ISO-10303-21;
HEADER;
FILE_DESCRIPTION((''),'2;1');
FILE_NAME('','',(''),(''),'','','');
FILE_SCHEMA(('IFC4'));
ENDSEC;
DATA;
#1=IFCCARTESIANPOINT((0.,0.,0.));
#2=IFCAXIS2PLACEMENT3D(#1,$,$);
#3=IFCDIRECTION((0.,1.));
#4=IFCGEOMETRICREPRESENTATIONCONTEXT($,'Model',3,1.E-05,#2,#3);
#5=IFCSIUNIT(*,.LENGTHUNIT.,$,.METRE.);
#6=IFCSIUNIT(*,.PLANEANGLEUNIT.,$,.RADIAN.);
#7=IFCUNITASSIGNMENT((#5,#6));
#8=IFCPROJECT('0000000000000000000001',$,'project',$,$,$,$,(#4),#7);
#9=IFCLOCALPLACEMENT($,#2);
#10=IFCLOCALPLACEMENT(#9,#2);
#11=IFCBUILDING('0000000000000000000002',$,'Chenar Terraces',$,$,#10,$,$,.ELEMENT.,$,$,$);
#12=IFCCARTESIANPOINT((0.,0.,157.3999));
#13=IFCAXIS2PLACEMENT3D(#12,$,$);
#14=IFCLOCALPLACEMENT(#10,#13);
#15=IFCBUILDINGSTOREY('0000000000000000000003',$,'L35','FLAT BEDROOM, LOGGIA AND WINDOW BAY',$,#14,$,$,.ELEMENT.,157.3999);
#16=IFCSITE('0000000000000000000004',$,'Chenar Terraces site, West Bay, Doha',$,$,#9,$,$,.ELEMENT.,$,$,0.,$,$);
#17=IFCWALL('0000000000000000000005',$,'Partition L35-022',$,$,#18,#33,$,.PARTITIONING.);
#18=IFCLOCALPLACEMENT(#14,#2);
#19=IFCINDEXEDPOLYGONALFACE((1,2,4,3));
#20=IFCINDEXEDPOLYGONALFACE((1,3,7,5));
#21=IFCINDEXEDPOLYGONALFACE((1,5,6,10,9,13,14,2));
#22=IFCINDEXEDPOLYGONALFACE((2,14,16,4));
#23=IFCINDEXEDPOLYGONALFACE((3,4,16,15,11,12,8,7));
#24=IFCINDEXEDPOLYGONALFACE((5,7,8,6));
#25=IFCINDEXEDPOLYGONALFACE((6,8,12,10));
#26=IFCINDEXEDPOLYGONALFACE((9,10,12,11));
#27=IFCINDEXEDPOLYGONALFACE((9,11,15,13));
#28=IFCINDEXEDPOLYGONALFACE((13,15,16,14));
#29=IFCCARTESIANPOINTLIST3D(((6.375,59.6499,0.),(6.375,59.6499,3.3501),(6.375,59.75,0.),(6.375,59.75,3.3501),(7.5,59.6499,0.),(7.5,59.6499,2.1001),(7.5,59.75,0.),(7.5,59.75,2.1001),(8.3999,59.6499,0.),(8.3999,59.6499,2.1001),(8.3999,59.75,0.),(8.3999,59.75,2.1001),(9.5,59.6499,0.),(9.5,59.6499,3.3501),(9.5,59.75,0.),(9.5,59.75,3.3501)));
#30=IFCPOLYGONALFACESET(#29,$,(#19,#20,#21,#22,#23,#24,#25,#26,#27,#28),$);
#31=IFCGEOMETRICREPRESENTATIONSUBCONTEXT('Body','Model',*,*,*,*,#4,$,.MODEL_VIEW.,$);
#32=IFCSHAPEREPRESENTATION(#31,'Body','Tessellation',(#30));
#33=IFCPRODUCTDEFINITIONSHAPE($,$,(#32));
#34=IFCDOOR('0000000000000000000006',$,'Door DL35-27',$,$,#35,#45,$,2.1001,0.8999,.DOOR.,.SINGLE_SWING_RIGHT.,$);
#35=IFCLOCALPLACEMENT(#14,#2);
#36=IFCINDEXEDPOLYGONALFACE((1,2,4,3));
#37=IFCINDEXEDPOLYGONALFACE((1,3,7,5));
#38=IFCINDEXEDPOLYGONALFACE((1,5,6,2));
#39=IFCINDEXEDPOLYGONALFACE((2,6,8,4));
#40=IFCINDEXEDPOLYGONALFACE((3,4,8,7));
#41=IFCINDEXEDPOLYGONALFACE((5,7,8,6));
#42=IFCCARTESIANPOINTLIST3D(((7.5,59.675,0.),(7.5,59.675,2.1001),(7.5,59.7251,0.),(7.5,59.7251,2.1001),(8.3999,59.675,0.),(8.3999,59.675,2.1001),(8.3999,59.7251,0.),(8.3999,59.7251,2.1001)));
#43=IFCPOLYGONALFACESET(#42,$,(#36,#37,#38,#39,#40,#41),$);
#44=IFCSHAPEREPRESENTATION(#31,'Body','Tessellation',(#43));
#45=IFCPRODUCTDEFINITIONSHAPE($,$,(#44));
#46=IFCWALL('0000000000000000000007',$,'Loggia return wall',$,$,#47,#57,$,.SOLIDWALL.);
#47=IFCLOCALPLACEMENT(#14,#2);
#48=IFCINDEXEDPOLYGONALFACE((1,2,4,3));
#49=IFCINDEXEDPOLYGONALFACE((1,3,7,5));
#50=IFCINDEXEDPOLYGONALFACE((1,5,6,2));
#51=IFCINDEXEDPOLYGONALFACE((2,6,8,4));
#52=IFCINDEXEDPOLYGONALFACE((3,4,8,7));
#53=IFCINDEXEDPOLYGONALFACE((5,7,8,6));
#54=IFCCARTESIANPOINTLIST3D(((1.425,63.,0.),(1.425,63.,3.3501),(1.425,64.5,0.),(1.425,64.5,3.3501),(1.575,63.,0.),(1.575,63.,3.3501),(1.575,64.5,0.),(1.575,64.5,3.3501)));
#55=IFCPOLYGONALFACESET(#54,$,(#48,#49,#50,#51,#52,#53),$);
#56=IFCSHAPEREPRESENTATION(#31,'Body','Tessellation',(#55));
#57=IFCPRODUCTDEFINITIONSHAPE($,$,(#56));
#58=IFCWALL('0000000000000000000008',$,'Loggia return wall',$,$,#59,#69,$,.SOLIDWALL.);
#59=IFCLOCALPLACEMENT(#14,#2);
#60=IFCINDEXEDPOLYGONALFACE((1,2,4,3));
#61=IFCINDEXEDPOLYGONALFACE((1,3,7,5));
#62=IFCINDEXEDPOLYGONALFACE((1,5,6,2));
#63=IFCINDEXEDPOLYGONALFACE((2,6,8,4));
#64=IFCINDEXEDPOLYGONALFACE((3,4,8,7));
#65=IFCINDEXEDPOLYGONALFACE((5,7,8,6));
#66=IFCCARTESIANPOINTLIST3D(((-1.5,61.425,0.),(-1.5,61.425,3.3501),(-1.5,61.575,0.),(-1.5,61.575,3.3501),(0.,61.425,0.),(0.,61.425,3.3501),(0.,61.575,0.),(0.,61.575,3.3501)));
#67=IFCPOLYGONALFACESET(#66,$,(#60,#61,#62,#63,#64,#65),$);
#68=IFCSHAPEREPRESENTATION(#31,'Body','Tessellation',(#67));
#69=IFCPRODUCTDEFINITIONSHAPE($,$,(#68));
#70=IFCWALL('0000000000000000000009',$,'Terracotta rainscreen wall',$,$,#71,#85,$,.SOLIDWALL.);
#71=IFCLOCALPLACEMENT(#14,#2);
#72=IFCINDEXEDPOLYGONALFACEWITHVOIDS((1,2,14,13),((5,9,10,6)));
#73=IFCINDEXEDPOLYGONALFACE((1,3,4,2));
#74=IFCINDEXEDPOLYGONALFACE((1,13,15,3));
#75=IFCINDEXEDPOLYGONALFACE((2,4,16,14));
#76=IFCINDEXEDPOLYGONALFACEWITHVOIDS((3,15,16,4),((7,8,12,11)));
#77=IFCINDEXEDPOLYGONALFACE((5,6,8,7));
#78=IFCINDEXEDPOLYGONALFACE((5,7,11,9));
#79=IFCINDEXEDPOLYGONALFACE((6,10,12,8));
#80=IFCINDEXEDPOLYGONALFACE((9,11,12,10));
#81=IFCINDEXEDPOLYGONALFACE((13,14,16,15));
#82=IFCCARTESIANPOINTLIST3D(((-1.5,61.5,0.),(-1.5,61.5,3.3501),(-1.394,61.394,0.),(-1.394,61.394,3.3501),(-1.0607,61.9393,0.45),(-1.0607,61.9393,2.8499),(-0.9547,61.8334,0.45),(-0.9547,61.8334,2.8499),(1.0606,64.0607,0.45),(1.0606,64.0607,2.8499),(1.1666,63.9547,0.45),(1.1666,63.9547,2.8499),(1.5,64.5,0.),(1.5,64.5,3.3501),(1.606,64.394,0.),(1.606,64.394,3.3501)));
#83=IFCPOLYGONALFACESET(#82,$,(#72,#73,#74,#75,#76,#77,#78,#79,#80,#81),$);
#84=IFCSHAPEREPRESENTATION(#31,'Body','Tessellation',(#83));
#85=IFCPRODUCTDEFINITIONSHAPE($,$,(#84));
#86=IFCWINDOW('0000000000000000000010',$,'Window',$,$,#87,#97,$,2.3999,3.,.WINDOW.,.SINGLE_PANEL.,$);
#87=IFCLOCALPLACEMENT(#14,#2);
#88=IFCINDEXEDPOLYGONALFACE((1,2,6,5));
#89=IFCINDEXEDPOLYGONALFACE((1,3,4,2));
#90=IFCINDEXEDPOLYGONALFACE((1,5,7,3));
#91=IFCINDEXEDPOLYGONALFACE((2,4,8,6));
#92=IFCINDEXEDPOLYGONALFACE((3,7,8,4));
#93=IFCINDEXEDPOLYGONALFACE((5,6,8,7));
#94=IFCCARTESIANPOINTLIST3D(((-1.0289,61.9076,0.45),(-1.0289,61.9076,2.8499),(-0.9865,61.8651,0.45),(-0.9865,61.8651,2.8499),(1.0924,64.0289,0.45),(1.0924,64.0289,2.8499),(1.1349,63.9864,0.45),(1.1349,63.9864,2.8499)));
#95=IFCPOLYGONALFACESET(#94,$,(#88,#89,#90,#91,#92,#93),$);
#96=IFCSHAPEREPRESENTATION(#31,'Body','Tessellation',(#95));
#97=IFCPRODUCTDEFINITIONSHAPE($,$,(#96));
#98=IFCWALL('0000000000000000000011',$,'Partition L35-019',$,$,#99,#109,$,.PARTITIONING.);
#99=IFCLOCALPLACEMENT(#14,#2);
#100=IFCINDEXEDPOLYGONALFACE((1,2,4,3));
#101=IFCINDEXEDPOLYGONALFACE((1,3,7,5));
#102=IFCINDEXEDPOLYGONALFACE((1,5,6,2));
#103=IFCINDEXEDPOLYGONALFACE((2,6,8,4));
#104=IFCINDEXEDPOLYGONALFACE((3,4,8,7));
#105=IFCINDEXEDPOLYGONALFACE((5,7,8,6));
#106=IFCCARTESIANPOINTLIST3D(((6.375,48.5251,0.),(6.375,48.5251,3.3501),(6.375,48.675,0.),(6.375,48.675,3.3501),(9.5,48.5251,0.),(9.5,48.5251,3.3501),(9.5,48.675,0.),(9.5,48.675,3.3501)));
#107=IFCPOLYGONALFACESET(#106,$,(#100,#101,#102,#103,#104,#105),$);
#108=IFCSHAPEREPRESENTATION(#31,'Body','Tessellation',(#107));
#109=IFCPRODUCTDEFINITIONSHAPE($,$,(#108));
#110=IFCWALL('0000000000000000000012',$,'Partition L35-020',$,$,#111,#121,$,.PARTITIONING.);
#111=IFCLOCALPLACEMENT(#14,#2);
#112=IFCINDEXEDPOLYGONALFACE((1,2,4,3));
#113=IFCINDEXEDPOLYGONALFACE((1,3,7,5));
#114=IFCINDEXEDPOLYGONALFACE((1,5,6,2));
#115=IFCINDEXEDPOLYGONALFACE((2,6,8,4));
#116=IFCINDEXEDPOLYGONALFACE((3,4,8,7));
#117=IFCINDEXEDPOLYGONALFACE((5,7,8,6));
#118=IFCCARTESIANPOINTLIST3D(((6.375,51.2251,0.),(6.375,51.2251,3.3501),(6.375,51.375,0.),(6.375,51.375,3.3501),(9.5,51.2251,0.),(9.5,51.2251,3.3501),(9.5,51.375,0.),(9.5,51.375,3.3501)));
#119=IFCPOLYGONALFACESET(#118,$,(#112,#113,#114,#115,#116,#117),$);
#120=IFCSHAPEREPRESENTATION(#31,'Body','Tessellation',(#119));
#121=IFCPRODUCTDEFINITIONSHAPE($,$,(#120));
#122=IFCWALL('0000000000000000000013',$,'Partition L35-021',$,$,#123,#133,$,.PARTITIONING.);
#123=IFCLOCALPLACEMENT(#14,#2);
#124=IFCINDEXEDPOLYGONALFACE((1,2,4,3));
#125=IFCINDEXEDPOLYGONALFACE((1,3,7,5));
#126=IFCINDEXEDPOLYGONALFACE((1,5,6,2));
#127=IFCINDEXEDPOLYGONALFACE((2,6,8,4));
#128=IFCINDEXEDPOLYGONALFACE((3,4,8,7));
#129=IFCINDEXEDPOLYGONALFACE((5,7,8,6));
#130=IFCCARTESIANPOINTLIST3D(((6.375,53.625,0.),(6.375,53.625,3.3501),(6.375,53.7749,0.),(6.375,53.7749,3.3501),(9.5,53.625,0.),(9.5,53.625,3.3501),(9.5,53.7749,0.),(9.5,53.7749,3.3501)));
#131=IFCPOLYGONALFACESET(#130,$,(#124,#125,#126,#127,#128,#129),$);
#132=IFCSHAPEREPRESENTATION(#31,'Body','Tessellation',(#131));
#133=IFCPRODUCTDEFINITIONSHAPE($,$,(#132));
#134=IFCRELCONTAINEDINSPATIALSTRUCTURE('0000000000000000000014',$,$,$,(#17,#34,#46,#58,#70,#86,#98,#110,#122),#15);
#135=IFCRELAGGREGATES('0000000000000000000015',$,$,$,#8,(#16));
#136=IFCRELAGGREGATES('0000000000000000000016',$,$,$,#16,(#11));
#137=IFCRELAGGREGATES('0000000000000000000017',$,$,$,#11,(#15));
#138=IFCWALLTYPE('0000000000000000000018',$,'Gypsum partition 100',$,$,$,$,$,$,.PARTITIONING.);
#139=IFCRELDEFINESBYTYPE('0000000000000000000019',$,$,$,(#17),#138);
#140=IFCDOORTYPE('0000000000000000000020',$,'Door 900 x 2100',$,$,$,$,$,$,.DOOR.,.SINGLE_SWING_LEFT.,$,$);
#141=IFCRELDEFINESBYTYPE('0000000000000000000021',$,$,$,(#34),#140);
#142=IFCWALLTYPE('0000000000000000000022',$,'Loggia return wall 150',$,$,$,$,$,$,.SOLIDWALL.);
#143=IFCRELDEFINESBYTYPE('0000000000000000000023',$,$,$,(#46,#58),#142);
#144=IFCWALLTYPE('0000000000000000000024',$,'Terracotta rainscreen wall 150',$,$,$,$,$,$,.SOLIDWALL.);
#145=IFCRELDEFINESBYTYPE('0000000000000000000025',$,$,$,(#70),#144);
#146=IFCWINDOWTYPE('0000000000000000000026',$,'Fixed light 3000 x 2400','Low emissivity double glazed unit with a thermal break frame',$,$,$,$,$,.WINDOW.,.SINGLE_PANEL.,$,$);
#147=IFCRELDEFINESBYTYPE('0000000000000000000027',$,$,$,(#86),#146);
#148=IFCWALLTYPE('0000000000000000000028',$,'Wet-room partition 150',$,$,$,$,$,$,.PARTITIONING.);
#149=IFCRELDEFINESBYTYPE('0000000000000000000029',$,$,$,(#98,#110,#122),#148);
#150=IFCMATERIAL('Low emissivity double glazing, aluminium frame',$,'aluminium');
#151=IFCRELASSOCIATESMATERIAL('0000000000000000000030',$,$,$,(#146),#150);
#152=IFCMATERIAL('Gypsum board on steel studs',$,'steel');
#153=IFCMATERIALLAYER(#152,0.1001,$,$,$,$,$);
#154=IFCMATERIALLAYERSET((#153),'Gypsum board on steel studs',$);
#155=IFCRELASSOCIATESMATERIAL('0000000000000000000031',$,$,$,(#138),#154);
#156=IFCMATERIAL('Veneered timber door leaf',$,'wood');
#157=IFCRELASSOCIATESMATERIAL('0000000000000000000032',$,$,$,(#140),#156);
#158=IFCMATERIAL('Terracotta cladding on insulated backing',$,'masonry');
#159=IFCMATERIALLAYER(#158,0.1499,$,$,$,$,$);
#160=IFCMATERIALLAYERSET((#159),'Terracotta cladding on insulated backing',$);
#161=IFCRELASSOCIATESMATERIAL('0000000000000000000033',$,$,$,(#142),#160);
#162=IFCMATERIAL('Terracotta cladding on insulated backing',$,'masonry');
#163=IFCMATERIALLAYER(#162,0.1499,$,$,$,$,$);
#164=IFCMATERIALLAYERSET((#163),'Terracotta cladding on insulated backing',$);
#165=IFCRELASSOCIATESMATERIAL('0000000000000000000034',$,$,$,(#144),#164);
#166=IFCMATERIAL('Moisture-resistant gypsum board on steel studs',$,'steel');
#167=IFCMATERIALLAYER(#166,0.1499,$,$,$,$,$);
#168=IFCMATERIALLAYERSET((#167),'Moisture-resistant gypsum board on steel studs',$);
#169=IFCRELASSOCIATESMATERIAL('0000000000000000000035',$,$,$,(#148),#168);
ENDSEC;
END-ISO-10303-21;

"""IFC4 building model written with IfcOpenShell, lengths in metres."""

from ifc_helpers import new_model, si_unit, direction, frame, frame_2d, origin, place, context, subcontext, project, spatial, rectangle, extrude, material, layer, layer_set, type_object, element, fill, save


model = new_model("IFC4")

# Units and contexts
model_context = context("Model", 3, precision=1e-05, world=origin(), true_north=direction((0.0, 1.0)))
body_context = subcontext(model_context, "Body", "Model", "MODEL_VIEW")
ifc_project = project(units=[si_unit("LENGTHUNIT", "METRE"), si_unit("PLANEANGLEUNIT", "RADIAN")], contexts=[model_context])

# Site, building, storey
site_placement = place(None, origin())
site = spatial("IfcSite", under=ifc_project, at=site_placement, Name="Chenar Terraces site, West Bay, Doha", CompositionType="ELEMENT", RefElevation=0.0)
building_placement = place(site_placement, origin())
building = spatial("IfcBuilding", under=site, at=building_placement, Name="Chenar Terraces", CompositionType="ELEMENT")
storey_placement = place(building_placement, frame((0.0, 0.0, 157.3999)))
storey = spatial("IfcBuildingStorey", under=building, at=storey_placement, Name="L35", Description="FLAT BEDROOM, LOGGIA AND WINDOW BAY", CompositionType="ELEMENT", Elevation=157.3999)

# Shared definitions
ifc_material_1 = material(Name="Low emissivity double glazing, aluminium frame", Category="aluminium")
window_type_1 = type_object("IfcWindowType", Name="Fixed light 3000 x 2400", Description="Low emissivity double glazed unit with a thermal break frame", PartitioningType="SINGLE_PANEL", PredefinedType="WINDOW", material=ifc_material_1)

# Shared definitions
ifc_material_2 = material(Name="Gypsum board on steel studs", Category="steel")
ifc_layer_1 = layer(ifc_material_2, 0.1001)
ifc_layer_set_1 = layer_set([ifc_layer_1], Name="Gypsum board on steel studs")
wall_type_1 = type_object("IfcWallType", Name="Gypsum partition 100", PredefinedType="PARTITIONING", material=ifc_layer_set_1)

# Wall, opening, door
wall_1_placement = place(storey_placement, frame((6.375, 59.7, 0.0), z_axis=(0.0, 0.0, 1.0), x_axis=(1.0, 0.0, 0.0)))
wall_1 = element("IfcWall", 1, at=wall_1_placement, inside=storey, type_object=wall_type_1, Name="Partition L35-022", PredefinedType="PARTITIONING", context=body_context, shape_type="SweptSolid", body=[
    extrude(rectangle(XDim=3.125, YDim=0.1001, at=frame_2d((1.5625, 0.0))), origin(), (0.0, 0.0, 1.0), 3.3501),
])
opening_1_placement = place(wall_1_placement, frame((1.125, 0.0, 0.0)))
opening_1 = element("IfcOpeningElement", 2, at=opening_1_placement, cuts=wall_1, PredefinedType="OPENING", context=body_context, shape_type="SweptSolid", body=[
    extrude(rectangle(XDim=0.8999, YDim=2.1001, at=frame_2d((0.45, 1.05))), frame((0.0, 0.0601, 0.0), z_axis=(0.0, -1.0, 0.0), x_axis=(1.0, 0.0, 0.0)), (0.0, 0.0, 1.0), 0.1201),
])
ifc_material_3 = material(Name="Veneered timber door leaf", Category="wood")
door_type_1 = type_object("IfcDoorType", Name="Door 900 x 2100", OperationType="SINGLE_SWING_LEFT", PredefinedType="DOOR", material=ifc_material_3)
door_1_placement = place(opening_1_placement, frame((0.8999, 0.0, 0.0), z_axis=(0.0, 0.0, 1.0), x_axis=(-1.0, 0.0, 0.0)))
door_1 = element("IfcDoor", 3, at=door_1_placement, inside=storey, type_object=door_type_1, Name="Door DL35-27", OperationType="SINGLE_SWING_RIGHT", OverallHeight=2.1001, OverallWidth=0.8999, PredefinedType="DOOR", context=body_context, shape_type="SweptSolid", body=[
    extrude(rectangle(XDim=0.8999, YDim=2.1001, at=frame_2d((0.45, 1.05))), frame((0.0, 0.0249, 0.0), z_axis=(0.0, -1.0, 0.0), x_axis=(1.0, 0.0, 0.0)), (0.0, 0.0, 1.0), 0.05),
])
fill(opening_1, door_1)

# Walls
ifc_material_4 = material(Name="Terracotta cladding on insulated backing", Category="masonry")
ifc_layer_2 = layer(ifc_material_4, 0.1499)
ifc_layer_set_2 = layer_set([ifc_layer_2], Name="Terracotta cladding on insulated backing")
wall_type_2 = type_object("IfcWallType", Name="Loggia return wall 150", PredefinedType="SOLIDWALL", material=ifc_layer_set_2)
for number, where, z_axis, x_axis, name in (
    (4, (1.5, 64.5, 0.0), (0.0, 0.0, 1.0), (0.0, -1.0, 0.0), "Loggia return wall"),
    (5, (-1.5, 61.5, 0.0), (0.0, 0.0, 1.0), (1.0, 0.0, 0.0), "Loggia return wall"),
):
    element("IfcWall", number, at=place(storey_placement, frame(where, z_axis=z_axis, x_axis=x_axis)), inside=storey, type_object=wall_type_2, Name=name, PredefinedType="SOLIDWALL", context=body_context, shape_type="SweptSolid", body=[
        extrude(rectangle(XDim=1.5, YDim=0.1499, at=frame_2d((0.75, 0.0))), origin(), (0.0, 0.0, 1.0), 3.3501),
    ])

# Wall, opening, window
ifc_material_5 = material(Name="Terracotta cladding on insulated backing", Category="masonry")
ifc_layer_3 = layer(ifc_material_5, 0.1499)
ifc_layer_set_3 = layer_set([ifc_layer_3], Name="Terracotta cladding on insulated backing")
wall_type_3 = type_object("IfcWallType", Name="Terracotta rainscreen wall 150", PredefinedType="SOLIDWALL", material=ifc_layer_set_3)
wall_2_placement = place(storey_placement, frame((1.553, 64.447, 0.0), z_axis=(0.0, 0.0, 1.0), x_axis=(-0.707107, -0.707107, 0.0)))
wall_2 = element("IfcWall", 6, at=wall_2_placement, inside=storey, type_object=wall_type_3, Name="Terracotta rainscreen wall", PredefinedType="SOLIDWALL", context=body_context, shape_type="SweptSolid", body=[
    extrude(rectangle(XDim=4.2427, YDim=0.1499, at=frame_2d((2.1213, 0.0))), origin(), (0.0, 0.0, 1.0), 3.3501),
])
opening_2_placement = place(wall_2_placement, frame((0.6213, 0.0, 0.45)))
opening_2 = element("IfcOpeningElement", 7, at=opening_2_placement, cuts=wall_2, PredefinedType="OPENING", context=body_context, shape_type="SweptSolid", body=[
    extrude(rectangle(XDim=3.0, YDim=2.3999, at=frame_2d((1.5, 1.2))), frame((0.0, 0.085, 0.0), z_axis=(0.0, -1.0, 0.0), x_axis=(1.0, 0.0, 0.0)), (0.0, 0.0, 1.0), 0.1699),
])
window_1_placement = place(opening_2_placement, origin())
window_1 = element("IfcWindow", 8, at=window_1_placement, inside=storey, type_object=window_type_1, Name="Window", OverallHeight=2.3999, OverallWidth=3.0, PartitioningType="SINGLE_PANEL", PredefinedType="WINDOW", context=body_context, shape_type="SweptSolid", body=[
    extrude(rectangle(XDim=3.0, YDim=2.3999, at=frame_2d((1.5, 1.2))), frame((0.0, 0.03, 0.0), z_axis=(0.0, -1.0, 0.0), x_axis=(1.0, 0.0, 0.0)), (0.0, 0.0, 1.0), 0.0601),
])
fill(opening_2, window_1)

# Walls
ifc_material_6 = material(Name="Moisture-resistant gypsum board on steel studs", Category="steel")
ifc_layer_4 = layer(ifc_material_6, 0.1499)
ifc_layer_set_4 = layer_set([ifc_layer_4], Name="Moisture-resistant gypsum board on steel studs")
wall_type_4 = type_object("IfcWallType", Name="Wet-room partition 150", PredefinedType="PARTITIONING", material=ifc_layer_set_4)
for number, where, z_axis, x_axis, name in (
    (9, (6.375, 48.6001, 0.0), (0.0, 0.0, 1.0), (1.0, 0.0, 0.0), "Partition L35-019"),
    (10, (6.375, 51.3, 0.0), (0.0, 0.0, 1.0), (1.0, 0.0, 0.0), "Partition L35-020"),
    (11, (6.375, 53.7, 0.0), (0.0, 0.0, 1.0), (1.0, 0.0, 0.0), "Partition L35-021"),
):
    element("IfcWall", number, at=place(storey_placement, frame(where, z_axis=z_axis, x_axis=x_axis)), inside=storey, type_object=wall_type_4, Name=name, PredefinedType="PARTITIONING", context=body_context, shape_type="SweptSolid", body=[
        extrude(rectangle(XDim=3.125, YDim=0.1499, at=frame_2d((1.5625, 0.0))), origin(), (0.0, 0.0, 1.0), 3.3501),
    ])

save(model, "model.ifc")
